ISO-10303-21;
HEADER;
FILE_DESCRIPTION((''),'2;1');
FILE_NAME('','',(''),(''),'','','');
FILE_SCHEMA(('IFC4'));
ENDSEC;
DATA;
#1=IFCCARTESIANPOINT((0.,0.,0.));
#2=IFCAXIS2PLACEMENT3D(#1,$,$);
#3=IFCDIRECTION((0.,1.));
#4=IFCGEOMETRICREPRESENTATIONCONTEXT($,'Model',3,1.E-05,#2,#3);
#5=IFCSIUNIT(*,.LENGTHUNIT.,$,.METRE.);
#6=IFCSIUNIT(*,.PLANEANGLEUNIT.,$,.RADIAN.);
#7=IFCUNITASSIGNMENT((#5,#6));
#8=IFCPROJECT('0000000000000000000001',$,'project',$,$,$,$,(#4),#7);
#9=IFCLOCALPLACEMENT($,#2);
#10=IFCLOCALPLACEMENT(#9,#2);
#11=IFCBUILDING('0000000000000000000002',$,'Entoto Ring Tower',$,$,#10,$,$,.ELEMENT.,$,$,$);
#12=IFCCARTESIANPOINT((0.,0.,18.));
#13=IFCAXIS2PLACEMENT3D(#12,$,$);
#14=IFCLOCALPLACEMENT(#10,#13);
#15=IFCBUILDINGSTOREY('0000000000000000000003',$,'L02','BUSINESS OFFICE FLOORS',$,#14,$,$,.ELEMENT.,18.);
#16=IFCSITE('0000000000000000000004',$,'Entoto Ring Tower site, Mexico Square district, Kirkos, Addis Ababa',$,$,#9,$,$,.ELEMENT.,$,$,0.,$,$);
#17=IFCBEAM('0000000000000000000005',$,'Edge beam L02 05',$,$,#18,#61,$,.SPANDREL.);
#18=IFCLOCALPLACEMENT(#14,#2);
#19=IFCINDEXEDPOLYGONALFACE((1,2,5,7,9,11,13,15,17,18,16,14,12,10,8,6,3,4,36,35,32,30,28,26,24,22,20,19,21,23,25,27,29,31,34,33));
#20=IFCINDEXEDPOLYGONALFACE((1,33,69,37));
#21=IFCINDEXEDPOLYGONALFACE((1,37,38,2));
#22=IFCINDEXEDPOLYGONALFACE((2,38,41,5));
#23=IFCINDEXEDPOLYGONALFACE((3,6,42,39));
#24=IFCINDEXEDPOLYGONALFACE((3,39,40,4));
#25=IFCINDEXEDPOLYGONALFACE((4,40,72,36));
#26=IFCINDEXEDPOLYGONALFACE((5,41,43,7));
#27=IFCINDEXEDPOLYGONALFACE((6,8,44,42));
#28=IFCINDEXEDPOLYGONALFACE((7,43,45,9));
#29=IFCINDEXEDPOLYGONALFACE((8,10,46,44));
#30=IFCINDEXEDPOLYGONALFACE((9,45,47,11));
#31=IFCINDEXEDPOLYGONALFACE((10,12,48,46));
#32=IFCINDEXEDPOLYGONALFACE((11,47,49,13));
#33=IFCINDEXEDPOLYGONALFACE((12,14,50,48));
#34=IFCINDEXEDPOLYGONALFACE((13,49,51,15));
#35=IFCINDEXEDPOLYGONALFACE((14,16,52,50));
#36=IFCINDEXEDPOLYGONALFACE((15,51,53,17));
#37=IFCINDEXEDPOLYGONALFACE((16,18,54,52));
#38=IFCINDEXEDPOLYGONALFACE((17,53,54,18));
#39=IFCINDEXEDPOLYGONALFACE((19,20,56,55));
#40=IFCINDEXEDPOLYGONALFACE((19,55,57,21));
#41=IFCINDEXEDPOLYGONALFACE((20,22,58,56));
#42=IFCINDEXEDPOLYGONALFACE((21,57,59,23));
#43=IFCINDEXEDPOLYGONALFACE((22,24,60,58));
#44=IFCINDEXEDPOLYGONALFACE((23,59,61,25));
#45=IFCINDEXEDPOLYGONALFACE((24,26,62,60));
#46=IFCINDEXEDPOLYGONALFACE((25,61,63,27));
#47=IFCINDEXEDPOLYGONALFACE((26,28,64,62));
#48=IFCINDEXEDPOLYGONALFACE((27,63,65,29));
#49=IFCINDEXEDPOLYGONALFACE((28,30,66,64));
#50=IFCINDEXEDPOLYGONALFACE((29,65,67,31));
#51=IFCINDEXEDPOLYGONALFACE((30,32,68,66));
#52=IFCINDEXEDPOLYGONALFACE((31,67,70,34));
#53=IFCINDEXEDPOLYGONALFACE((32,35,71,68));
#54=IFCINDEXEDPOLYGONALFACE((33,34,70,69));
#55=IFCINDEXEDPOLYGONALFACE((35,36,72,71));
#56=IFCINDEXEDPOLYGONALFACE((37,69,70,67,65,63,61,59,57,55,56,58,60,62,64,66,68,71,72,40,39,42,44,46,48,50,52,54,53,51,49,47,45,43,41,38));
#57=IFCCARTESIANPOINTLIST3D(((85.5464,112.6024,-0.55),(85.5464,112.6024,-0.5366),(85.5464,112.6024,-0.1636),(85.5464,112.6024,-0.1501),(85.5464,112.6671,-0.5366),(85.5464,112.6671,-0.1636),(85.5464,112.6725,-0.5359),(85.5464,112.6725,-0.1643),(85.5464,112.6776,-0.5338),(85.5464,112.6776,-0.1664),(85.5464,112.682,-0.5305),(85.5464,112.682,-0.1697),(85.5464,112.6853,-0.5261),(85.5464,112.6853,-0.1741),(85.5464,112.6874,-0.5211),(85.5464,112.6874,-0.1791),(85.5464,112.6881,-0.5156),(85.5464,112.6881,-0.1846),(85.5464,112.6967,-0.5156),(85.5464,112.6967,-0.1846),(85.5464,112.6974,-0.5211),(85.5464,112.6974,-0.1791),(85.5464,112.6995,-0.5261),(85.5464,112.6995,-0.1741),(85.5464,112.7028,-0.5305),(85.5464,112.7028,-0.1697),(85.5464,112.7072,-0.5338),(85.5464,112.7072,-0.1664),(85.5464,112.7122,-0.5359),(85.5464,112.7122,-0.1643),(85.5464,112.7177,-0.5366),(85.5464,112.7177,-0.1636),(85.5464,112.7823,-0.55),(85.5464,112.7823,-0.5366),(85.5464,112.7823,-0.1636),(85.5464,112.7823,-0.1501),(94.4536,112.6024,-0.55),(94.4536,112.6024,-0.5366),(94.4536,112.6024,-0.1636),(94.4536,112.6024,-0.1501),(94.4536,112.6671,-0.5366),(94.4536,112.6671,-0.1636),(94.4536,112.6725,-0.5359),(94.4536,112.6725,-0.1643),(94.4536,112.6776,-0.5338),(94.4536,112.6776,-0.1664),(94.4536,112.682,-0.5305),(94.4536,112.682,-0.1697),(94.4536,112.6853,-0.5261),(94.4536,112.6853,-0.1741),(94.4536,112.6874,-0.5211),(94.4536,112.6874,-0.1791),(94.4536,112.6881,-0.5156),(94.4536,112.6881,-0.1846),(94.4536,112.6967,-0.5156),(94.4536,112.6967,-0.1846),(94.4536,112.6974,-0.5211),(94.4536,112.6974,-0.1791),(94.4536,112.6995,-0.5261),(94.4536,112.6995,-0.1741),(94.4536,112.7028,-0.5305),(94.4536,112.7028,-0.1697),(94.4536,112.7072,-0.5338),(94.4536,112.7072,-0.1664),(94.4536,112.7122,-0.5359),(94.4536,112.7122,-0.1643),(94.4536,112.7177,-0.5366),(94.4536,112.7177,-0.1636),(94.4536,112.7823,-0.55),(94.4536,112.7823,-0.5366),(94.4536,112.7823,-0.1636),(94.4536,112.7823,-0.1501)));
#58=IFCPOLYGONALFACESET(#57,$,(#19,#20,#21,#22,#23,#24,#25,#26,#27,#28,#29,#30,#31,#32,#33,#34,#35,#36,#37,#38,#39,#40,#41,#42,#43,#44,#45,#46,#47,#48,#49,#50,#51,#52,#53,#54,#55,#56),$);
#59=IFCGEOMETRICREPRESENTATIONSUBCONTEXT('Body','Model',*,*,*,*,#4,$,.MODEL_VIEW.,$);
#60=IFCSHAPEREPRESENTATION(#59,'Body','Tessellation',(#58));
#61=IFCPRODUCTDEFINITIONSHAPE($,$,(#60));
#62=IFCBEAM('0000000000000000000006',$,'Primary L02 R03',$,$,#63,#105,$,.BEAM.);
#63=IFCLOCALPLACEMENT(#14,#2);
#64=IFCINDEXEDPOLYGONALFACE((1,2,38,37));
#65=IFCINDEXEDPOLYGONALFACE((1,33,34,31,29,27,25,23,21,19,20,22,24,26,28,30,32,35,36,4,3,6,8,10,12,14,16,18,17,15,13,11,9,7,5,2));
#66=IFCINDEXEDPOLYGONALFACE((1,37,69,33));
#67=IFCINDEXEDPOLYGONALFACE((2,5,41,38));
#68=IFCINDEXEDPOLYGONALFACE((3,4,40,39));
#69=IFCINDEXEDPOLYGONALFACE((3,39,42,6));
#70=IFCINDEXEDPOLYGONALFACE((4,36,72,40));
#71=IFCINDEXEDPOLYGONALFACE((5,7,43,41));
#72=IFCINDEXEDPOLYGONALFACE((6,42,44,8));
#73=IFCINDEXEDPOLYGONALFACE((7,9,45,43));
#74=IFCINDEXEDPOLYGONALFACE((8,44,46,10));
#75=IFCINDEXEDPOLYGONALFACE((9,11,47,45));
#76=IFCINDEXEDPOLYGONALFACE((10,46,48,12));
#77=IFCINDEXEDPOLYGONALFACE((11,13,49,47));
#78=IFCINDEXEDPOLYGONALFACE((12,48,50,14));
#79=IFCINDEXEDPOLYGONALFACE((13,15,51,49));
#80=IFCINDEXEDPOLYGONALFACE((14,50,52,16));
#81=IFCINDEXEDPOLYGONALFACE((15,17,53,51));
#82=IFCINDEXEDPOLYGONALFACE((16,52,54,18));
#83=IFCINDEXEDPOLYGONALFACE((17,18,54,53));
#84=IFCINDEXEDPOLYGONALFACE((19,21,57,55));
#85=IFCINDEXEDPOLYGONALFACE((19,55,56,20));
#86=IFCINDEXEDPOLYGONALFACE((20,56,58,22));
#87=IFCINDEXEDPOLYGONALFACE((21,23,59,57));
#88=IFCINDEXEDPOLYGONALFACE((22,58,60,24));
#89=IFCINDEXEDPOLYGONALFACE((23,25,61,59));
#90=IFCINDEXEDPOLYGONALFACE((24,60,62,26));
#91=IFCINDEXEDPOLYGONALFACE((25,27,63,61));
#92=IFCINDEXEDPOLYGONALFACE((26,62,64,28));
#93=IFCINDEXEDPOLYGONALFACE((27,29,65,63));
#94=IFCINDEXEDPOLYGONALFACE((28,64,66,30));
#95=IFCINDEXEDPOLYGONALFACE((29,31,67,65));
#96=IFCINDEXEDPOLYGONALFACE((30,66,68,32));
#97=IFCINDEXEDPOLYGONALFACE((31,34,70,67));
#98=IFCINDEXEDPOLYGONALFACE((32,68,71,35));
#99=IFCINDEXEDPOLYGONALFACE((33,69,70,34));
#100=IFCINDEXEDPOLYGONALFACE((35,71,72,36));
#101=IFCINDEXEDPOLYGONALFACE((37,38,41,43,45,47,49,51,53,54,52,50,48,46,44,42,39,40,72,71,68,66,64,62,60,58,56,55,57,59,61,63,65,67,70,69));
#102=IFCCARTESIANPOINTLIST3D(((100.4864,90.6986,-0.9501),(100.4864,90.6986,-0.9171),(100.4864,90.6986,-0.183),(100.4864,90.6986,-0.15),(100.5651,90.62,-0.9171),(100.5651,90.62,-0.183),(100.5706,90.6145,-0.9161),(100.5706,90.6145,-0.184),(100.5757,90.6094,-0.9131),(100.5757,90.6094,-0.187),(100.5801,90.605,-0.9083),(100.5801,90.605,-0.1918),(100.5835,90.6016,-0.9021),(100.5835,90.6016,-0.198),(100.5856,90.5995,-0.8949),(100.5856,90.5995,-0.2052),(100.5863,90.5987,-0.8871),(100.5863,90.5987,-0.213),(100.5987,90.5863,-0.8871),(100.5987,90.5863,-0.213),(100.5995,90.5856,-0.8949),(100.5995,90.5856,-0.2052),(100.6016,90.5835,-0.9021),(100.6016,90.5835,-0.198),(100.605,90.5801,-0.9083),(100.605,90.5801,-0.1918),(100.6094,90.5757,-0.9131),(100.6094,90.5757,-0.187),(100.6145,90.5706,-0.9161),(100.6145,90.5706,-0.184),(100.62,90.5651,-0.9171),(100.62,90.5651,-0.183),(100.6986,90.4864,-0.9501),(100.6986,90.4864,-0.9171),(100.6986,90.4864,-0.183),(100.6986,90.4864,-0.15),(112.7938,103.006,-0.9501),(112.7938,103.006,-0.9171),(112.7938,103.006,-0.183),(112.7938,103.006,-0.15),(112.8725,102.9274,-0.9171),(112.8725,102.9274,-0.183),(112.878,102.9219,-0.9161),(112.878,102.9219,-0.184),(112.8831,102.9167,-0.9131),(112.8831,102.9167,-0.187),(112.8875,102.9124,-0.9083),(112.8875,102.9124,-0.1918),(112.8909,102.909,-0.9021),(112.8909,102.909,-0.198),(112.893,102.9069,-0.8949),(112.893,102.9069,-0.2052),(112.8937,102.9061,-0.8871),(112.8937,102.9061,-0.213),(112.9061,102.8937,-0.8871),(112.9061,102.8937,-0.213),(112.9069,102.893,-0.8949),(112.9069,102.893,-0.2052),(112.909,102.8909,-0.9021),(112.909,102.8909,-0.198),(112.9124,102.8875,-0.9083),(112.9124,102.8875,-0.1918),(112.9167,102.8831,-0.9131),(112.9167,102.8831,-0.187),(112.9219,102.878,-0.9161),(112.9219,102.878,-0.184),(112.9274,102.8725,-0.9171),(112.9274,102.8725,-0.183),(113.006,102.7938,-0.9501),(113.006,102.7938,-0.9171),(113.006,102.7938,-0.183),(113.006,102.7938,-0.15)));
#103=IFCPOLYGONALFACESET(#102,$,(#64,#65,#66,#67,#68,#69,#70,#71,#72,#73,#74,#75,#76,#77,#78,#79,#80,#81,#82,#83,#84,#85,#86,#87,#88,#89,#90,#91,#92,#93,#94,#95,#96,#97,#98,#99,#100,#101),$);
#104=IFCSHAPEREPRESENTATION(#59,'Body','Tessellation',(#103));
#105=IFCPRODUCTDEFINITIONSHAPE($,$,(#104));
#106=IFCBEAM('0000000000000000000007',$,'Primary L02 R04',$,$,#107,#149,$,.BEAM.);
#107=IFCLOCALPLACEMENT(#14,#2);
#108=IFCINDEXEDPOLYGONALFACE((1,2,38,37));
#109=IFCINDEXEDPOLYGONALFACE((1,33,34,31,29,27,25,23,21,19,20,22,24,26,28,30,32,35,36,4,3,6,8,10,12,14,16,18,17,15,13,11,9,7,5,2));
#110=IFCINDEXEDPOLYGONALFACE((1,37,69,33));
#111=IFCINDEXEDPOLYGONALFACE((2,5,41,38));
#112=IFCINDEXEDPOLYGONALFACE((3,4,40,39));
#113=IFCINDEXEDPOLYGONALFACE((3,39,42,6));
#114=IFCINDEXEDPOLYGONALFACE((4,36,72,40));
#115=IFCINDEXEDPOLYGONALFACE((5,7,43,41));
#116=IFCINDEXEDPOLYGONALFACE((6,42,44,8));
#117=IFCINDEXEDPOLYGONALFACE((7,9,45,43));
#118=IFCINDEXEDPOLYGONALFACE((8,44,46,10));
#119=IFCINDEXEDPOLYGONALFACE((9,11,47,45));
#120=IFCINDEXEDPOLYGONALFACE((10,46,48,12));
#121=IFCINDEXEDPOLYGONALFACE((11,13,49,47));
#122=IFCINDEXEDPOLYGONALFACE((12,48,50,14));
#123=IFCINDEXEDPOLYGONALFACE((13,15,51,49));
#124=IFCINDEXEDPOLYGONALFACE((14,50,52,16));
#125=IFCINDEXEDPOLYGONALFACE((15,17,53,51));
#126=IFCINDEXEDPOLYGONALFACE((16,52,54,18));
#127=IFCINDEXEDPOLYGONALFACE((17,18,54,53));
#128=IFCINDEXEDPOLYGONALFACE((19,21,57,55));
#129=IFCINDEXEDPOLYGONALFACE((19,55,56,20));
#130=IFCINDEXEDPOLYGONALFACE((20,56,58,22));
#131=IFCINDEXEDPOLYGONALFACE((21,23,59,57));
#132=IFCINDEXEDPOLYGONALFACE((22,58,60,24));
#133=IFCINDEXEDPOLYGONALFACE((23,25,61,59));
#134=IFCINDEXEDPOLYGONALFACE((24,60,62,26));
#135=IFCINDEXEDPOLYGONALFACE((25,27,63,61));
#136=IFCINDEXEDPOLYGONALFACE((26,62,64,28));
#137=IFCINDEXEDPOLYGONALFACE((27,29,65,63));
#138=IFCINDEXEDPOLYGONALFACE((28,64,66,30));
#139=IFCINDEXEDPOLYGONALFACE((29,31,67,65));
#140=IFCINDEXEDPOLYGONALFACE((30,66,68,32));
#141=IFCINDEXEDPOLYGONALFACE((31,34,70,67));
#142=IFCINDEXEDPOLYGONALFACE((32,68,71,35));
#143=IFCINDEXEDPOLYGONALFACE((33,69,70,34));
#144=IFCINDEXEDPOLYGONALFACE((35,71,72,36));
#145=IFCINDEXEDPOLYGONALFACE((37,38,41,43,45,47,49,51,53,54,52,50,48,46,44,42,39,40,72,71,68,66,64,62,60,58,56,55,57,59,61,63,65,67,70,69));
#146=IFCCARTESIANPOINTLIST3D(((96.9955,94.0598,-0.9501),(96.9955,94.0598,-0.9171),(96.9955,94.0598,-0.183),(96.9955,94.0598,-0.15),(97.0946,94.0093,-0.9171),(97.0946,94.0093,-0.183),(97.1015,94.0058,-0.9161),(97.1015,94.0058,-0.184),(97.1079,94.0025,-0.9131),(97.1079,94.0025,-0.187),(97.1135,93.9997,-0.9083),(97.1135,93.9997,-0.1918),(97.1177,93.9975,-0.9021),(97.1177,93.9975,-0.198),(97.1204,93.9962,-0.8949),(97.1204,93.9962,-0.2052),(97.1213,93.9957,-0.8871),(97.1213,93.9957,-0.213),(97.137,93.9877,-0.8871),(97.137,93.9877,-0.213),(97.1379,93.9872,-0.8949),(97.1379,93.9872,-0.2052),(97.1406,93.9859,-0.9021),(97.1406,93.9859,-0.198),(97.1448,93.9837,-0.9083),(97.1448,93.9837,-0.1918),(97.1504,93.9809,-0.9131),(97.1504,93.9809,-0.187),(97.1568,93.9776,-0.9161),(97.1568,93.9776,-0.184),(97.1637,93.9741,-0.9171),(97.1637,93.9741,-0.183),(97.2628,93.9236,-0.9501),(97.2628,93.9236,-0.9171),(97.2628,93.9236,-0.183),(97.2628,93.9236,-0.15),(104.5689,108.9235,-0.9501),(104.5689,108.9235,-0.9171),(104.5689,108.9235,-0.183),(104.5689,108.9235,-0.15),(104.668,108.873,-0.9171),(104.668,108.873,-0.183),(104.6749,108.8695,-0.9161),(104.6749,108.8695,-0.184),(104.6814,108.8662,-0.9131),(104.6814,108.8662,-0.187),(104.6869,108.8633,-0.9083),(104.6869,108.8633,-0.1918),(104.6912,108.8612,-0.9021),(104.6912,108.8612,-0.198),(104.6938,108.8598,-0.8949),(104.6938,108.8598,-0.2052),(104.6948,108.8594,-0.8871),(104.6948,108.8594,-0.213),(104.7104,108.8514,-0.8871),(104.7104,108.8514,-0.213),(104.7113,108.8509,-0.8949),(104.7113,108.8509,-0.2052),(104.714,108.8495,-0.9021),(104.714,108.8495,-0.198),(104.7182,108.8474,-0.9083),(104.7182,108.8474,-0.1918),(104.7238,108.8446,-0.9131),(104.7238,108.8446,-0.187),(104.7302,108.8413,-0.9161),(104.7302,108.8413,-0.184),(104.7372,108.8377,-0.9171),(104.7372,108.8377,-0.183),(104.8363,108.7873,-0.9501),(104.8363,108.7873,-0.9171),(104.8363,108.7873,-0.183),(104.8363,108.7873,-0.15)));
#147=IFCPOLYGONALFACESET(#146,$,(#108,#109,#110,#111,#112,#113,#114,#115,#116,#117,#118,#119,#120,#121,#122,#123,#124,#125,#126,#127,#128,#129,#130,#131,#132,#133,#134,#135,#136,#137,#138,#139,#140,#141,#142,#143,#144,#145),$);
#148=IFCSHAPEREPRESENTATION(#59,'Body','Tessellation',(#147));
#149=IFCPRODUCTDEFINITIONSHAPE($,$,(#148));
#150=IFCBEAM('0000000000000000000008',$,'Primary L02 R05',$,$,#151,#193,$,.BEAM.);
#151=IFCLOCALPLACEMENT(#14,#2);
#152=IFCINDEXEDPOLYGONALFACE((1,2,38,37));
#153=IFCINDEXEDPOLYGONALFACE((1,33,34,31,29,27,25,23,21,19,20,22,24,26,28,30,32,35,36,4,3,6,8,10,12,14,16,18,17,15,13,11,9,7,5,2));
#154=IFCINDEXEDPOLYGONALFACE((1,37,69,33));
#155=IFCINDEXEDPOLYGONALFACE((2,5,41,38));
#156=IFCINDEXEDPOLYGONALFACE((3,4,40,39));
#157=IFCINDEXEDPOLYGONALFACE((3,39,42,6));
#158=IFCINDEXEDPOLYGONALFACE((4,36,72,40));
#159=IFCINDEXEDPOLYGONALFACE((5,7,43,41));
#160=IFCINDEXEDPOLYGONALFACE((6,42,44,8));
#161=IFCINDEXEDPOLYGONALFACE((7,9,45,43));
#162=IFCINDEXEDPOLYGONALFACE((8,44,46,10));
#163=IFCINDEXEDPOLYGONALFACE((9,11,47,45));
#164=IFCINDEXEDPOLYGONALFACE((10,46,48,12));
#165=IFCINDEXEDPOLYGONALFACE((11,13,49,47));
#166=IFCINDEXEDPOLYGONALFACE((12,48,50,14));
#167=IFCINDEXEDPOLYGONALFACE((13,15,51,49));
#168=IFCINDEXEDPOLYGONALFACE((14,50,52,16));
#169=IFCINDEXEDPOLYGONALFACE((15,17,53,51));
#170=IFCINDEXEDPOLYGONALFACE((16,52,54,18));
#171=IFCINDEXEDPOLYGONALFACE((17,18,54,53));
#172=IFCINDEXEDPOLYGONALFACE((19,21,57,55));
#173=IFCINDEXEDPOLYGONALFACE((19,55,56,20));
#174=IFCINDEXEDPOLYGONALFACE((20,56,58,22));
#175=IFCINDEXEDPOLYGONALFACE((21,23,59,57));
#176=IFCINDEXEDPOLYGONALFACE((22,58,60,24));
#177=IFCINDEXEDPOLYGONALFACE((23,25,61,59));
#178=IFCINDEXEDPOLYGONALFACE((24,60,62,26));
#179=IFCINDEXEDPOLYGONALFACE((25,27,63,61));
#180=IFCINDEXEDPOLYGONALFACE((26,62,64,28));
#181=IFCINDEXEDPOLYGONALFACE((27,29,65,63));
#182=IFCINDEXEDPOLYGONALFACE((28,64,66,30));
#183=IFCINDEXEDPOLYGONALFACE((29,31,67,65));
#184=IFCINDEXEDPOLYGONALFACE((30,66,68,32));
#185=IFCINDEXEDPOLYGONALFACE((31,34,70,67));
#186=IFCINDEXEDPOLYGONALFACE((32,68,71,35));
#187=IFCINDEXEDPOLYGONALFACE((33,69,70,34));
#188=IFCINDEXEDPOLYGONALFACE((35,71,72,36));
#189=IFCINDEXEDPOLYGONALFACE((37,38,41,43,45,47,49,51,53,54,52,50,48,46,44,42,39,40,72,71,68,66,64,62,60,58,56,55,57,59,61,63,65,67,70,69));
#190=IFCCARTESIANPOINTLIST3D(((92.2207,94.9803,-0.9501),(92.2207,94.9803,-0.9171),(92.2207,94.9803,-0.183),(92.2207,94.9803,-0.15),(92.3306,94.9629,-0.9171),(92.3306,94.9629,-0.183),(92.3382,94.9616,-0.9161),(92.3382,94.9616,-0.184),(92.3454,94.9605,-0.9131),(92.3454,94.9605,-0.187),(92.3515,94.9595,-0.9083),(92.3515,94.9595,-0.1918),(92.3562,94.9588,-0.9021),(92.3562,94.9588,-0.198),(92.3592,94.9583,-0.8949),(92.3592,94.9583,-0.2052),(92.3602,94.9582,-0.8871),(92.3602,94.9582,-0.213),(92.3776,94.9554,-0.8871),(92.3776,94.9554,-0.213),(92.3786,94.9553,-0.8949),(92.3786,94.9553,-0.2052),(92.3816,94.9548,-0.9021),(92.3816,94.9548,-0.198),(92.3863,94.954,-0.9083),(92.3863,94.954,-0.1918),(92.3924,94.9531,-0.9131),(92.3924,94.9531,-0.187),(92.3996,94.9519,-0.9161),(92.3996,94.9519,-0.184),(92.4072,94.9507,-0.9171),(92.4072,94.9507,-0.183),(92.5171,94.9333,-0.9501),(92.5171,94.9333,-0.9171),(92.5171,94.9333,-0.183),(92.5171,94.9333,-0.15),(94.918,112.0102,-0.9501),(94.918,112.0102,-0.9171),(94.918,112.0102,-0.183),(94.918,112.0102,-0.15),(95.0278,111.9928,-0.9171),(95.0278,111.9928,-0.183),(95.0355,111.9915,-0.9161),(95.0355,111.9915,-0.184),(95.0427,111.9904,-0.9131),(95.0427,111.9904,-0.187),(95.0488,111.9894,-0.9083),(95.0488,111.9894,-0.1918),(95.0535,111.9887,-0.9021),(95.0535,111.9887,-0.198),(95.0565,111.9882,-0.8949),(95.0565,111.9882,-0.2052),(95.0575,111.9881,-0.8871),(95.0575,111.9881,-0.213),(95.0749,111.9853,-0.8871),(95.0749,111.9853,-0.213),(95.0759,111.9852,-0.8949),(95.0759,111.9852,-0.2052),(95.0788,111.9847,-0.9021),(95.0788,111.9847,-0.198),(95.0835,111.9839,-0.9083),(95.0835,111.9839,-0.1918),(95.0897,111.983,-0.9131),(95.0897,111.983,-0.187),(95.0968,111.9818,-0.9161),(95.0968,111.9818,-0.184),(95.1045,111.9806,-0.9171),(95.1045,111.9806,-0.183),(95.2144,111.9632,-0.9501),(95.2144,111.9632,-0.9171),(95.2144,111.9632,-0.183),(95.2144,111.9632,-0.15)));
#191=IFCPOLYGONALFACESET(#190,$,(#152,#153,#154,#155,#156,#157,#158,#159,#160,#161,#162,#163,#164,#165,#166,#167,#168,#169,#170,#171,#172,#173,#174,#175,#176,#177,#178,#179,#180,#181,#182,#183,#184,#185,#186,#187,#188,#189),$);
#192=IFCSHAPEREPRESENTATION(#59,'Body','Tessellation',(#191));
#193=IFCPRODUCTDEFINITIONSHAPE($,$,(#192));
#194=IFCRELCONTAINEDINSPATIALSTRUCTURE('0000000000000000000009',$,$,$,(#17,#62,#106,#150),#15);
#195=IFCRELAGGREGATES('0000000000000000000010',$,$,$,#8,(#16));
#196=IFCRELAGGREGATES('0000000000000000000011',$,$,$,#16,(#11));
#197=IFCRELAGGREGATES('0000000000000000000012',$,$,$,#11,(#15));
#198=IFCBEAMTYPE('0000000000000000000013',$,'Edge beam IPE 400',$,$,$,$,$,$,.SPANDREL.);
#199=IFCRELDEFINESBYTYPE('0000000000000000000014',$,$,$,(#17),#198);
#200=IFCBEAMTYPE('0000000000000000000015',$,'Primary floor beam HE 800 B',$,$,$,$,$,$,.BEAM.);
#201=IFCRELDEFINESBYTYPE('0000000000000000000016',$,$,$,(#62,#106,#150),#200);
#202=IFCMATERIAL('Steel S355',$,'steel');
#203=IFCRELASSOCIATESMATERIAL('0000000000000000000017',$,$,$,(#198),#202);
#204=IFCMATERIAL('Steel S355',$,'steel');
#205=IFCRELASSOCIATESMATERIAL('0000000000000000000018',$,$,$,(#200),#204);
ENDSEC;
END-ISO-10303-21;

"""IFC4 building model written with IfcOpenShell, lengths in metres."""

from ifc_helpers import new_model, si_unit, direction, frame, origin, origin_2d, place, context, subcontext, project, spatial, i_section, extrude, material, material_profile, profile_set, type_object, element, save


model = new_model("IFC4")

# Units and contexts
model_context = context("Model", 3, precision=1e-05, world=origin(), true_north=direction((0.0, 1.0)))
body_context = subcontext(model_context, "Body", "Model", "MODEL_VIEW")
ifc_project = project(units=[si_unit("LENGTHUNIT", "METRE"), si_unit("PLANEANGLEUNIT", "RADIAN")], contexts=[model_context])

# Site, building, storey
site_placement = place(None, origin())
site = spatial("IfcSite", under=ifc_project, at=site_placement, Name="Entoto Ring Tower site, Mexico Square district, Kirkos, Addis Ababa", CompositionType="ELEMENT", RefElevation=0.0)
building_placement = place(site_placement, origin())
building = spatial("IfcBuilding", under=site, at=building_placement, Name="Entoto Ring Tower", CompositionType="ELEMENT")
storey_placement = place(building_placement, frame((0.0, 0.0, 18.0)))
storey = spatial("IfcBuildingStorey", under=building, at=storey_placement, Name="L02", Description="BUSINESS OFFICE FLOORS", CompositionType="ELEMENT", Elevation=18.0)

# Beams
ifc_material_1 = material(Name="Steel S355", Category="steel")
ifc_material_profile_1 = material_profile(ifc_material_1, i_section(OverallWidth=0.1799, OverallDepth=0.3999, WebThickness=0.0085, FlangeThickness=0.0134, FilletRadius=0.021, at=origin_2d()), Name="IPE 400")
ifc_profile_set_1 = profile_set([ifc_material_profile_1], Name="Steel S355")
beam_type_1 = type_object("IfcBeamType", Name="Edge beam IPE 400", PredefinedType="SPANDREL", material=ifc_profile_set_1)
beam_1_placement = place(storey_placement, frame((94.4536, 112.6924, -0.3501), z_axis=(-1.0, 0.0, 0.0), x_axis=(0.0, -1.0, 0.0)))
element("IfcBeam", 1, at=beam_1_placement, inside=storey, type_object=beam_type_1, Name="Edge beam L02 05", PredefinedType="SPANDREL", context=body_context, shape_type="SweptSolid", body=[
    extrude(i_section(OverallWidth=0.1799, OverallDepth=0.3999, WebThickness=0.0085, FlangeThickness=0.0134, FilletRadius=0.021, at=origin_2d()), origin(), (0.0, 0.0, 1.0), 8.9072),
])
ifc_material_2 = material(Name="Steel S355", Category="steel")
ifc_material_profile_2 = material_profile(ifc_material_2, i_section(OverallWidth=0.3, OverallDepth=0.8, WebThickness=0.0176, FlangeThickness=0.033, FilletRadius=0.03, at=origin_2d()), Name="HE 800 B")
ifc_profile_set_2 = profile_set([ifc_material_profile_2], Name="Steel S355")
beam_type_2 = type_object("IfcBeamType", Name="Primary floor beam HE 800 B", PredefinedType="BEAM", material=ifc_profile_set_2)
beam_2_placement = place(storey_placement, frame((100.5925, 90.5925, -0.55), z_axis=(0.707107, 0.707107, 0.0), x_axis=(-0.707107, 0.707107, 0.0)))
element("IfcBeam", 2, at=beam_2_placement, inside=storey, type_object=beam_type_2, Name="Primary L02 R03", PredefinedType="BEAM", context=body_context, shape_type="SweptSolid", body=[
    extrude(i_section(OverallWidth=0.3, OverallDepth=0.8, WebThickness=0.0176, FlangeThickness=0.033, FilletRadius=0.03, at=origin_2d()), origin(), (0.0, 0.0, 1.0), 17.4053),
])
beam_3_placement = place(storey_placement, frame((97.1292, 93.9917, -0.55), z_axis=(0.453991, 0.891006, 0.0), x_axis=(-0.891006, 0.453991, 0.0)))
element("IfcBeam", 3, at=beam_3_placement, inside=storey, type_object=beam_type_2, Name="Primary L02 R04", PredefinedType="BEAM", context=body_context, shape_type="SweptSolid", body=[
    extrude(i_section(OverallWidth=0.3, OverallDepth=0.8, WebThickness=0.0176, FlangeThickness=0.033, FilletRadius=0.03, at=origin_2d()), origin(), (0.0, 0.0, 1.0), 16.6819),
])
for number, where, z_axis, x_axis, name in (
    (4, (92.3689, 94.9568, -0.55), (0.156435, 0.987688, 0.0), (-0.987688, 0.156435, 0.0), "Primary L02 R05"),
):
    element("IfcBeam", number, at=place(storey_placement, frame(where, z_axis=z_axis, x_axis=x_axis)), inside=storey, type_object=beam_type_2, Name=name, PredefinedType="BEAM", context=body_context, shape_type="SweptSolid", body=[
        extrude(i_section(OverallWidth=0.3, OverallDepth=0.8, WebThickness=0.0176, FlangeThickness=0.033, FilletRadius=0.03, at=origin_2d()), origin(), (0.0, 0.0, 1.0), 17.2422),
    ])

save(model, "model.ifc")
